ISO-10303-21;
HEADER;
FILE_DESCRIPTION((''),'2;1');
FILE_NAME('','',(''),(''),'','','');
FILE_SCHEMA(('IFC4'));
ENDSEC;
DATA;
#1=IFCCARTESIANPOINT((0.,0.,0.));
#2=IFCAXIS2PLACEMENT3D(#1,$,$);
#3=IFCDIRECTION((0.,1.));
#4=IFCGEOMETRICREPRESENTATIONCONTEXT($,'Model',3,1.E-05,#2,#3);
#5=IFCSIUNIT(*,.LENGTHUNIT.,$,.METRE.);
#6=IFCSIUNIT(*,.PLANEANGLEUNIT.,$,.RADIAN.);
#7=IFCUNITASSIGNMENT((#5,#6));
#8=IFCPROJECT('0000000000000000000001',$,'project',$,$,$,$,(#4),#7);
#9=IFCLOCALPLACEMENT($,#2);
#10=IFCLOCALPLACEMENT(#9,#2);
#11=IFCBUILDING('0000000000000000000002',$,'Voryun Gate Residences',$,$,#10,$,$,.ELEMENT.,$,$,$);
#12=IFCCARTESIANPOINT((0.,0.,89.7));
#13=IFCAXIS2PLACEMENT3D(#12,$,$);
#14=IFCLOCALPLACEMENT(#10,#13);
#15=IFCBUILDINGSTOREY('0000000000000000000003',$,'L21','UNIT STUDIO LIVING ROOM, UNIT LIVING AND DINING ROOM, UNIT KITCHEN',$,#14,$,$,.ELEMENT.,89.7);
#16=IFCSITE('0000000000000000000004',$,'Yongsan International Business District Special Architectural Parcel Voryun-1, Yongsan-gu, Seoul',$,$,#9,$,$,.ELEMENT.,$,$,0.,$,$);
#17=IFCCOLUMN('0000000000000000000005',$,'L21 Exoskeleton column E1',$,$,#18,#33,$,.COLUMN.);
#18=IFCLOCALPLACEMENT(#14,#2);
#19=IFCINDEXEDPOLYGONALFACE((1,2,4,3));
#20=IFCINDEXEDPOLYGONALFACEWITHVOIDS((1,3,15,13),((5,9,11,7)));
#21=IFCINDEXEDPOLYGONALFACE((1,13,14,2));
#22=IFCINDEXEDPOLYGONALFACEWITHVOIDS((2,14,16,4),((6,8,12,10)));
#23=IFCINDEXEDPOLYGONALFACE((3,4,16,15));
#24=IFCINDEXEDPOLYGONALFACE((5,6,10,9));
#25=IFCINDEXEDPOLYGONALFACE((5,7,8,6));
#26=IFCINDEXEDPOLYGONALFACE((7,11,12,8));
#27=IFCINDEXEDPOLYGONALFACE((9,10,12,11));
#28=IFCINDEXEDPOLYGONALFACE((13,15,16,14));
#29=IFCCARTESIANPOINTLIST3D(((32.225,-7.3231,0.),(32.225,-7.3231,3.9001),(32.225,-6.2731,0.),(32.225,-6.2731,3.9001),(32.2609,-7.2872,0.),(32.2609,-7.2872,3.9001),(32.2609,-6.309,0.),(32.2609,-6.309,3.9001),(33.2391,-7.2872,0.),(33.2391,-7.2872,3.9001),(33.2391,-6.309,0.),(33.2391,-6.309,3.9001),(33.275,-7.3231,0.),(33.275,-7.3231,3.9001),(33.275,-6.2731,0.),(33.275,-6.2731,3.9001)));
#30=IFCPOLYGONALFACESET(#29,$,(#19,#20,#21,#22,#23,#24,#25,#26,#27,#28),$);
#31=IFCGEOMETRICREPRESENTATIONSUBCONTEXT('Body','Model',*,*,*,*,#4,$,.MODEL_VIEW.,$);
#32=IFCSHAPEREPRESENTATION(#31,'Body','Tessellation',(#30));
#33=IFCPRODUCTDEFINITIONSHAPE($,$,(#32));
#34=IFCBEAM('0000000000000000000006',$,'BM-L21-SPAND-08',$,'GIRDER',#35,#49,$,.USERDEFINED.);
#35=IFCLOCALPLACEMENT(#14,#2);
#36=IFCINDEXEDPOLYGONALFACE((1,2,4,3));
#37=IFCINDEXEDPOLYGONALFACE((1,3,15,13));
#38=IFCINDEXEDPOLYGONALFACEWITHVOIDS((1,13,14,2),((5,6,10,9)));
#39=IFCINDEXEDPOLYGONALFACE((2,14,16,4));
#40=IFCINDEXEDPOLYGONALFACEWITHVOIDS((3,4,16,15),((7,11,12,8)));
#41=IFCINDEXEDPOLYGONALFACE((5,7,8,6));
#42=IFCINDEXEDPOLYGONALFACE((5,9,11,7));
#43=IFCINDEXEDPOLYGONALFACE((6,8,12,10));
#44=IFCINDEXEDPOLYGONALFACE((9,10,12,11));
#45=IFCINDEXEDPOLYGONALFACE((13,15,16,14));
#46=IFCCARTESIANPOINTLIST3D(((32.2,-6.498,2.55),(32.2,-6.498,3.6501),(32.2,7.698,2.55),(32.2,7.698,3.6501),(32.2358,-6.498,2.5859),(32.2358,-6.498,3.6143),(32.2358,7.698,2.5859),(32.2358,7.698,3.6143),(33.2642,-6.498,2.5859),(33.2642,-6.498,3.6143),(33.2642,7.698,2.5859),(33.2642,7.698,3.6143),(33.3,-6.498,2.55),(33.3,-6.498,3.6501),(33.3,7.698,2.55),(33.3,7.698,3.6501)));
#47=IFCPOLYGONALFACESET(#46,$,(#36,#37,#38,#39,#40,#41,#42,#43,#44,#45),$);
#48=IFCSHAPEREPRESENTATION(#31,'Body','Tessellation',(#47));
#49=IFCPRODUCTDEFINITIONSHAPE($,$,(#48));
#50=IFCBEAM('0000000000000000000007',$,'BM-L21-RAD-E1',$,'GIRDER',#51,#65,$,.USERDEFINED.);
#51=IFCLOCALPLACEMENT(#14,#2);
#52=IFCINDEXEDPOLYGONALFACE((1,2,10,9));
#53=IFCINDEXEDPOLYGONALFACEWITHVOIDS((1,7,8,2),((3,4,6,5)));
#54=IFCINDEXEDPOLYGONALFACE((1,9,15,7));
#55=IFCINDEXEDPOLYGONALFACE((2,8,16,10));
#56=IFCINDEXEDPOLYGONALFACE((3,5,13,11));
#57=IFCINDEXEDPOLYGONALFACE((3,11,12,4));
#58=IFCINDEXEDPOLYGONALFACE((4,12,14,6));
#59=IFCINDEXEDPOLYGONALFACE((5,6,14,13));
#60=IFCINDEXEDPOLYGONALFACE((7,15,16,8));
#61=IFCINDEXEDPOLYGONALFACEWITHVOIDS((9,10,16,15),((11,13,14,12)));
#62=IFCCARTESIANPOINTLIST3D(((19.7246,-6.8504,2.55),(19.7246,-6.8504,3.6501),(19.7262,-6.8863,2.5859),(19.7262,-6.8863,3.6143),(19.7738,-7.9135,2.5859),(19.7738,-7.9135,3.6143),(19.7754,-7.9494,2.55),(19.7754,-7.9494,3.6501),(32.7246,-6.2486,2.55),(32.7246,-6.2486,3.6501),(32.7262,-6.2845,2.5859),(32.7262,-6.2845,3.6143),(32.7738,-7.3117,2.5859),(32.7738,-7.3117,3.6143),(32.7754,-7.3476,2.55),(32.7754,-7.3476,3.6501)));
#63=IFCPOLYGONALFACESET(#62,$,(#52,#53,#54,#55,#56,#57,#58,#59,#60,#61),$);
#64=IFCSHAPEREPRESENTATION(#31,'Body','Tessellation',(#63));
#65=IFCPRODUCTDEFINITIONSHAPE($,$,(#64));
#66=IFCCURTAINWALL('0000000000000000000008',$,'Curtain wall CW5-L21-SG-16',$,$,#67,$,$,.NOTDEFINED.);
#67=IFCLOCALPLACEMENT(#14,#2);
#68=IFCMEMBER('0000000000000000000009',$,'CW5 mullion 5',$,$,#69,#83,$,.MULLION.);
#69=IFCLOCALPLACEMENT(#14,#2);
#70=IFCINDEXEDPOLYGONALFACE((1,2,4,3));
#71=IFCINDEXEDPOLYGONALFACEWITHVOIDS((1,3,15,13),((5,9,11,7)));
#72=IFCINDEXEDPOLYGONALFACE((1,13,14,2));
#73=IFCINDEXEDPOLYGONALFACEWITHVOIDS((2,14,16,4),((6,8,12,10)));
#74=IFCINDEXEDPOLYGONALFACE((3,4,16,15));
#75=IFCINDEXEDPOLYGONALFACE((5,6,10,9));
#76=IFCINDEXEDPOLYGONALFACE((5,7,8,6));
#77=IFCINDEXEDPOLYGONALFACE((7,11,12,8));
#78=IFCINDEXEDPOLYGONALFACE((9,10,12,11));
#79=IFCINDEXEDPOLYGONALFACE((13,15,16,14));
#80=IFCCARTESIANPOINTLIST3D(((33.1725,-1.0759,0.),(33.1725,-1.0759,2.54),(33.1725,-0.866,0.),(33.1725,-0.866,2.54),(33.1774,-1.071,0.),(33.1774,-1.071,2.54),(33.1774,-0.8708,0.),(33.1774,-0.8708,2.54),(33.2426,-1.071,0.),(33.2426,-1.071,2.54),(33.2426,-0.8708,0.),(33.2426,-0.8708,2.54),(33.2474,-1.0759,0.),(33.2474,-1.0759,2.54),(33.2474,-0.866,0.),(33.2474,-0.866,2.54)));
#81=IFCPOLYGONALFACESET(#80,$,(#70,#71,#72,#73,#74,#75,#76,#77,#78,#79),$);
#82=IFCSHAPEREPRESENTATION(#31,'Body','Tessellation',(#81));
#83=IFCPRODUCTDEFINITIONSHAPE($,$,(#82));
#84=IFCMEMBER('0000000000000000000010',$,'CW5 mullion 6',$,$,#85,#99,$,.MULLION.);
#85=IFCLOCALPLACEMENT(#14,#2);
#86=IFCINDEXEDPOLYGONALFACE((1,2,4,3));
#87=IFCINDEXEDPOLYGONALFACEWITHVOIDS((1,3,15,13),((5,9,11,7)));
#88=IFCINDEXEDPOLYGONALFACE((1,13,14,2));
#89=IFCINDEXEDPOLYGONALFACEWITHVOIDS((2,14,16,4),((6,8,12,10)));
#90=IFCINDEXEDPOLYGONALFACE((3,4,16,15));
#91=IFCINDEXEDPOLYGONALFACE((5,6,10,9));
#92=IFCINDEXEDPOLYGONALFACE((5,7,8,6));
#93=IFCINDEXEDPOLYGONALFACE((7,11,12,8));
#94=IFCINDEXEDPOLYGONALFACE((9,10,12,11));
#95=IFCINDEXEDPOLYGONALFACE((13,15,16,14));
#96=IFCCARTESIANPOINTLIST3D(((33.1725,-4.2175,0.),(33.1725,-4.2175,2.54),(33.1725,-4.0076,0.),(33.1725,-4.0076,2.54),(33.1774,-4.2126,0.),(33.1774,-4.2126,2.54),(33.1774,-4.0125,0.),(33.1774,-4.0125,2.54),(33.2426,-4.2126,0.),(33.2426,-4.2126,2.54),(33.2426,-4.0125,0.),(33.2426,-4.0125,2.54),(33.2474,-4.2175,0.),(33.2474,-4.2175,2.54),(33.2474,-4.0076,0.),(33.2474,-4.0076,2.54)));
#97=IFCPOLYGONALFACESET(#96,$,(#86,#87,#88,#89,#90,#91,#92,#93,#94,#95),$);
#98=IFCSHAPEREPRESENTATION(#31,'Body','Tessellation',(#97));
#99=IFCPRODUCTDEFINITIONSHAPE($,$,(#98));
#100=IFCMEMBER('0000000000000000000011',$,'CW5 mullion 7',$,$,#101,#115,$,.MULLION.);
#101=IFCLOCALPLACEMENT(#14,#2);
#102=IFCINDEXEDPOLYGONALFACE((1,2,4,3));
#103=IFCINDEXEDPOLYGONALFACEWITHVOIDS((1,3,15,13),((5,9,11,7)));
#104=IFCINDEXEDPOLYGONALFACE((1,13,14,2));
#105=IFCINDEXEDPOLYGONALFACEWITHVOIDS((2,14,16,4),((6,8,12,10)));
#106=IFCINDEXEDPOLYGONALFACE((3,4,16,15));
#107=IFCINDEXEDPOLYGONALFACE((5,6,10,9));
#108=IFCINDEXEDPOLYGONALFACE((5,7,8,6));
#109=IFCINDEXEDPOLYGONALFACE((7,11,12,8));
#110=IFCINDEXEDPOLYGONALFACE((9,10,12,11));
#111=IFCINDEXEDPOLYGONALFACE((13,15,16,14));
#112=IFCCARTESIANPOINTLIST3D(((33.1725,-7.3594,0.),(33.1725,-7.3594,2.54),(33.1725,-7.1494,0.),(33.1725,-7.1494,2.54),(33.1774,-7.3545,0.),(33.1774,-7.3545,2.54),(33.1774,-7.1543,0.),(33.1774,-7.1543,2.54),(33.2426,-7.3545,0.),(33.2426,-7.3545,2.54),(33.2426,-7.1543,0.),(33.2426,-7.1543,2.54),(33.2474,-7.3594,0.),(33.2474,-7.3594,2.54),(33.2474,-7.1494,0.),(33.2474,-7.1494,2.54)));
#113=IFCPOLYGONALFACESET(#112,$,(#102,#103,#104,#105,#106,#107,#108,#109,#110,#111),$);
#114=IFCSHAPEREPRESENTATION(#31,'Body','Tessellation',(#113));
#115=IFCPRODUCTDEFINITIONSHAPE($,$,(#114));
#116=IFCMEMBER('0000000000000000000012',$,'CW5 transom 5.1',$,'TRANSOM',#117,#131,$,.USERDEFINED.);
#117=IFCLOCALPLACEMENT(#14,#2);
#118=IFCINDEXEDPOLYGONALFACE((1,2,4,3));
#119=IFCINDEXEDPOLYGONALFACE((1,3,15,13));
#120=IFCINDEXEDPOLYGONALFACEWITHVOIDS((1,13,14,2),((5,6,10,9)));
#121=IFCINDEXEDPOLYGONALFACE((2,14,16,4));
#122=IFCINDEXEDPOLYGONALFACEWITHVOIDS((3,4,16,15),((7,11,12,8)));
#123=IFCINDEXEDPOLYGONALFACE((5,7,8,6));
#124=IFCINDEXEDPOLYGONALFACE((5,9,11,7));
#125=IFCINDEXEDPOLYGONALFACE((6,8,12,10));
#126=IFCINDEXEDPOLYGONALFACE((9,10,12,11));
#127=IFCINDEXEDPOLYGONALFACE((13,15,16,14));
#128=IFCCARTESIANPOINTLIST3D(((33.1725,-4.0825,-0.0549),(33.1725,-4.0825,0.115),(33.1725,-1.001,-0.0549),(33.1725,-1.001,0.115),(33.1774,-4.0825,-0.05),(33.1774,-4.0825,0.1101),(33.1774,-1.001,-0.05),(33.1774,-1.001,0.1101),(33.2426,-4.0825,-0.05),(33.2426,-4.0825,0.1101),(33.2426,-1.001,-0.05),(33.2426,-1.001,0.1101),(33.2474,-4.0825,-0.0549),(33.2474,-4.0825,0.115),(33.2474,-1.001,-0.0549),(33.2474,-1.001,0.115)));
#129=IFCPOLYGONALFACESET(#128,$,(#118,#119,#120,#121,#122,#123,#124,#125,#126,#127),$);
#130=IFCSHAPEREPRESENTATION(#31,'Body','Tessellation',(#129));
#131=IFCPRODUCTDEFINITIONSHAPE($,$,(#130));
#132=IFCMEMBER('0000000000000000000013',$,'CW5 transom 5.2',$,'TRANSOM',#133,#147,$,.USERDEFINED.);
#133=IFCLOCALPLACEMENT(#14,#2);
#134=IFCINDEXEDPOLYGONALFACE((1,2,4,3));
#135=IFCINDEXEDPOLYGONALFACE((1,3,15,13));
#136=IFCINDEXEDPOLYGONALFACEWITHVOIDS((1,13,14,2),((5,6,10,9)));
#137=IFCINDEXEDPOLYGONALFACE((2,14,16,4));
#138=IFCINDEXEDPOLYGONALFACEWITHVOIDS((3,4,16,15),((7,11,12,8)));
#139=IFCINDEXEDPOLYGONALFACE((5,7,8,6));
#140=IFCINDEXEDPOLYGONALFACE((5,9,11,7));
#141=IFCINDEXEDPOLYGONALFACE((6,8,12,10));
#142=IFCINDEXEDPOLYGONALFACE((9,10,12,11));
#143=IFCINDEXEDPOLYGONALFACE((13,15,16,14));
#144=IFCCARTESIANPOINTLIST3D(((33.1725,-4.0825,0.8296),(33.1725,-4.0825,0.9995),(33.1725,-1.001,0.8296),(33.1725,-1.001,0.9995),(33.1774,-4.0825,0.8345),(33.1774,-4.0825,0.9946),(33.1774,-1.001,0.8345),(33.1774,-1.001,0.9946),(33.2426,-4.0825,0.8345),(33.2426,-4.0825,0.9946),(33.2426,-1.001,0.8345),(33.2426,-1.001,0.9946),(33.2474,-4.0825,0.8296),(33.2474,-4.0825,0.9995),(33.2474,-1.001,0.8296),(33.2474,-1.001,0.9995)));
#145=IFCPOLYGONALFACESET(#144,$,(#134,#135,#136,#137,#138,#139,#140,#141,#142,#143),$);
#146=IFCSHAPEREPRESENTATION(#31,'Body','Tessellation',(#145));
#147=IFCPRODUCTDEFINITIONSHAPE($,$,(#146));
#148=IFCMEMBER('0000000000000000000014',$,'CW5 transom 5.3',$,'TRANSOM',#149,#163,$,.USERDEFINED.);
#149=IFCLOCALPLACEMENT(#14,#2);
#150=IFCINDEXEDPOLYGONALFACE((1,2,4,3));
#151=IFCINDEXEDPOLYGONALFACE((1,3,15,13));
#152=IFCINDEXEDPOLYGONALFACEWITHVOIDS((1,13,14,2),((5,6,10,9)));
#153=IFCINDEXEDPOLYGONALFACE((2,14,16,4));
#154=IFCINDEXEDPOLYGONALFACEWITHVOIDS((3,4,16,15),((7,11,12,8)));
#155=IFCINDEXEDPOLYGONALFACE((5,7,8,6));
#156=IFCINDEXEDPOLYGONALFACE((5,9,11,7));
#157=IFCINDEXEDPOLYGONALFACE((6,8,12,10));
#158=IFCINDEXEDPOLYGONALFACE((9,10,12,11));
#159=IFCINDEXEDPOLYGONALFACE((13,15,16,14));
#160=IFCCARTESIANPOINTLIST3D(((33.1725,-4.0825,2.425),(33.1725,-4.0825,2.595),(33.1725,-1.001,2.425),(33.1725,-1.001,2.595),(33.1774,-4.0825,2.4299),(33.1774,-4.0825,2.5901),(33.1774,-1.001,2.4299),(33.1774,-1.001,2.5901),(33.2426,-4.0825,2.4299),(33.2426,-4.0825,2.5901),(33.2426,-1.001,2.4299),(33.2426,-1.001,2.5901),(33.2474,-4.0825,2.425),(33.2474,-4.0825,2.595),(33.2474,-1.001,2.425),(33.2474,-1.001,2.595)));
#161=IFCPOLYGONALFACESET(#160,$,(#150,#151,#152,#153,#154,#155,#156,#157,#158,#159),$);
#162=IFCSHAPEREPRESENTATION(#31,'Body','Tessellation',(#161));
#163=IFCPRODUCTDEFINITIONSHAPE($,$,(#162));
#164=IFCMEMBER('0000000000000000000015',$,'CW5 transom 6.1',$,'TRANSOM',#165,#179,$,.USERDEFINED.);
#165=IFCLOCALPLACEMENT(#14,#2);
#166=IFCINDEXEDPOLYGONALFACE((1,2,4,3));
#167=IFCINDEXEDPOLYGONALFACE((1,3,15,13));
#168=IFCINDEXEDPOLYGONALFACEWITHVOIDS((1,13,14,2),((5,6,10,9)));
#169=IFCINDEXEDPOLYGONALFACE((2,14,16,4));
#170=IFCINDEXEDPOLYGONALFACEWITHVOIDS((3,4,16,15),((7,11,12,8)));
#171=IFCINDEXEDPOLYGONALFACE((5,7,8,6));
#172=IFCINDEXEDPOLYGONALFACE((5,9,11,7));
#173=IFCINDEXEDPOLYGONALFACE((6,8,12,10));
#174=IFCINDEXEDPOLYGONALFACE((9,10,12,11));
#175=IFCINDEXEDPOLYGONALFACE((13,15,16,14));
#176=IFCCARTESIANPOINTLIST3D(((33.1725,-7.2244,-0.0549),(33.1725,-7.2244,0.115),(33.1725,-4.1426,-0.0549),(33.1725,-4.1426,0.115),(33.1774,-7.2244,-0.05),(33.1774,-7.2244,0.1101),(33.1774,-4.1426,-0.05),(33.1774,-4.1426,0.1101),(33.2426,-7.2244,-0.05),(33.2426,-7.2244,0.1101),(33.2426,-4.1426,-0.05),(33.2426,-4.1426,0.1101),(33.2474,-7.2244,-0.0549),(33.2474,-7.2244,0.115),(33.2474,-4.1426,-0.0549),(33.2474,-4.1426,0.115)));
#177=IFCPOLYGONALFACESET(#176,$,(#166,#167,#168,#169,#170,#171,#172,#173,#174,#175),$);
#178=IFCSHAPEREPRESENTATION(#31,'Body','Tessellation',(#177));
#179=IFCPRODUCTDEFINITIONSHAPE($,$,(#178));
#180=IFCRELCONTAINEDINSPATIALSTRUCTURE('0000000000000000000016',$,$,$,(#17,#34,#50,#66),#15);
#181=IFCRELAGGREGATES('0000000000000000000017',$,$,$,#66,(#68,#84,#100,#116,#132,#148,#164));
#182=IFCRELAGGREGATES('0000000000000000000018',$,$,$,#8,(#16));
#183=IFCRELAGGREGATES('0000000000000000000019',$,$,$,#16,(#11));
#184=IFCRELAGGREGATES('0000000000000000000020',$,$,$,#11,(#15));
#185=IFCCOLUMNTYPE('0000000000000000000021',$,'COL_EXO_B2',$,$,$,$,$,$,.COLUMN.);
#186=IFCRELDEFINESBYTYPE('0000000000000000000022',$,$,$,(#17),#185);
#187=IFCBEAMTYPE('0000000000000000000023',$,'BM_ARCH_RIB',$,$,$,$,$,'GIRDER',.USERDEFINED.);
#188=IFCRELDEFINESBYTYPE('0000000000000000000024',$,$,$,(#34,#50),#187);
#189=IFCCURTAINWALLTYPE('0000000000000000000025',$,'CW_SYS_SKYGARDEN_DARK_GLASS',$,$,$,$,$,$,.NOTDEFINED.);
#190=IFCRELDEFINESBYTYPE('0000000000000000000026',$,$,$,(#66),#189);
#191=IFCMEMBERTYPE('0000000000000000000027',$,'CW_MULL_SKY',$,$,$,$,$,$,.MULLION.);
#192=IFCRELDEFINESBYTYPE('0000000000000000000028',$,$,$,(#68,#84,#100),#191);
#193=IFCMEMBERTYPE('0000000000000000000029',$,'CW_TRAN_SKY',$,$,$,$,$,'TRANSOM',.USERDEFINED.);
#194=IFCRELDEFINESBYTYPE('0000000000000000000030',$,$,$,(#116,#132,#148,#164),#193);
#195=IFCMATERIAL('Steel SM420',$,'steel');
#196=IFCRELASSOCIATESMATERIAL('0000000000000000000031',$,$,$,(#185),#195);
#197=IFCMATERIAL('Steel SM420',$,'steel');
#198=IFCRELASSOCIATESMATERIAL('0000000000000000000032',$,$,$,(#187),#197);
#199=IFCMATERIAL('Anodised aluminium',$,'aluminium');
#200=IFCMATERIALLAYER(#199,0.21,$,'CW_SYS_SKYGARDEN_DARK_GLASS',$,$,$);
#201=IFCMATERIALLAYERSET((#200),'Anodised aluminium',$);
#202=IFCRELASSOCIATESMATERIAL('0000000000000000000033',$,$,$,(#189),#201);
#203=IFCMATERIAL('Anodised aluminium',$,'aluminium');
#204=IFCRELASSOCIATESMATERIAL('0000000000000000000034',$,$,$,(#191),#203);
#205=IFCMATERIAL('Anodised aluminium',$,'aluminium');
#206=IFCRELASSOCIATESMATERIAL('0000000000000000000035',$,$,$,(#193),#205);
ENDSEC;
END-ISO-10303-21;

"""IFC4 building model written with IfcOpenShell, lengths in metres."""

from ifc_helpers import new_model, si_unit, direction, frame, origin, origin_2d, place, context, subcontext, project, spatial, hollow_rectangle, extrude, material, layer, layer_set, material_profile, profile_set, type_object, element, aggregate, save


model = new_model("IFC4")

# Units and contexts
model_context = context("Model", 3, precision=1e-05, world=origin(), true_north=direction((0.0, 1.0)))
body_context = subcontext(model_context, "Body", "Model", "MODEL_VIEW")
ifc_project = project(units=[si_unit("LENGTHUNIT", "METRE"), si_unit("PLANEANGLEUNIT", "RADIAN")], contexts=[model_context])

# Site, building, storey
site_placement = place(None, origin())
site = spatial("IfcSite", under=ifc_project, at=site_placement, Name="Yongsan International Business District Special Architectural Parcel Voryun-1, Yongsan-gu, Seoul", CompositionType="ELEMENT", RefElevation=0.0)
building_placement = place(site_placement, origin())
building = spatial("IfcBuilding", under=site, at=building_placement, Name="Voryun Gate Residences", CompositionType="ELEMENT")
storey_placement = place(building_placement, frame((0.0, 0.0, 89.7)))
storey = spatial("IfcBuildingStorey", under=building, at=storey_placement, Name="L21", Description="UNIT STUDIO LIVING ROOM, UNIT LIVING AND DINING ROOM, UNIT KITCHEN", CompositionType="ELEMENT", Elevation=89.7)

# Column
ifc_material_1 = material(Name="Steel SM420", Category="steel")
ifc_material_profile_1 = material_profile(ifc_material_1, hollow_rectangle(XDim=1.05, YDim=1.05, WallThickness=0.0359, at=origin_2d()), Name="BOX-1050x1050x36")
ifc_profile_set_1 = profile_set([ifc_material_profile_1], Name="Steel SM420")
column_type = type_object("IfcColumnType", Name="COL_EXO_B2", PredefinedType="COLUMN", material=ifc_profile_set_1)
column_placement = place(storey_placement, frame((32.75, -6.7981, 0.0), z_axis=(0.0, 0.0, 1.0), x_axis=(1.0, 0.0, 0.0)))
element("IfcColumn", 1, at=column_placement, inside=storey, type_object=column_type, Name="L21 Exoskeleton column E1", PredefinedType="COLUMN", context=body_context, shape_type="SweptSolid", body=[
    extrude(hollow_rectangle(XDim=1.05, YDim=1.05, WallThickness=0.0359, at=origin_2d()), origin(), (0.0, 0.0, 1.0), 3.9001),
])

# Beams
ifc_material_2 = material(Name="Steel SM420", Category="steel")
ifc_material_profile_2 = material_profile(ifc_material_2, hollow_rectangle(XDim=1.1001, YDim=1.1001, WallThickness=0.0359, at=origin_2d()), Name="BOX-1100x1100x36")
ifc_profile_set_2 = profile_set([ifc_material_profile_2], Name="Steel SM420")
beam_type = type_object("IfcBeamType", Name="BM_ARCH_RIB", ElementType="GIRDER", PredefinedType="USERDEFINED", material=ifc_profile_set_2)
beam_1_placement = place(storey_placement, frame((32.75, -6.498, 3.1001), z_axis=(0.0, 1.0, 0.0), x_axis=(-1.0, 0.0, 0.0)))
element("IfcBeam", 2, at=beam_1_placement, inside=storey, type_object=beam_type, Name="BM-L21-SPAND-08", ObjectType="GIRDER", PredefinedType="USERDEFINED", context=body_context, shape_type="SweptSolid", body=[
    extrude(hollow_rectangle(XDim=1.1001, YDim=1.1001, WallThickness=0.0359, at=origin_2d()), origin(), (0.0, 0.0, 1.0), 14.196),
])
beam_2_placement = place(storey_placement, frame((19.75, -7.3999, 3.1001), z_axis=(0.99893, 0.046243, 0.0), x_axis=(-0.046243, 0.99893, 0.0)))
element("IfcBeam", 3, at=beam_2_placement, inside=storey, type_object=beam_type, Name="BM-L21-RAD-E1", ObjectType="GIRDER", PredefinedType="USERDEFINED", context=body_context, shape_type="SweptSolid", body=[
    extrude(hollow_rectangle(XDim=1.1001, YDim=1.1001, WallThickness=0.0359, at=origin_2d()), origin(), (0.0, 0.0, 1.0), 13.0139),
])

# Curtain wall, members
ifc_material_3 = material(Name="Anodised aluminium", Category="aluminium")
ifc_layer_1 = layer(ifc_material_3, 0.21, Name="CW_SYS_SKYGARDEN_DARK_GLASS")
ifc_layer_set_1 = layer_set([ifc_layer_1], Name="Anodised aluminium")
curtain_wall_type = type_object("IfcCurtainWallType", Name="CW_SYS_SKYGARDEN_DARK_GLASS", PredefinedType="NOTDEFINED", material=ifc_layer_set_1)
curtain_wall_placement = place(storey_placement, origin())
curtain_wall = element("IfcCurtainWall", 4, at=curtain_wall_placement, inside=storey, type_object=curtain_wall_type, Name="Curtain wall CW5-L21-SG-16", PredefinedType="NOTDEFINED")
ifc_material_4 = material(Name="Anodised aluminium", Category="aluminium")
ifc_material_profile_3 = material_profile(ifc_material_4, hollow_rectangle(XDim=0.075, YDim=0.21, WallThickness=0.0049, at=origin_2d()), Name="ALU-MULL-210x75x5")
ifc_profile_set_3 = profile_set([ifc_material_profile_3], Name="Anodised aluminium")
member_type_1 = type_object("IfcMemberType", Name="CW_MULL_SKY", PredefinedType="MULLION", material=ifc_profile_set_3)
member_1_placement = place(storey_placement, frame((33.21, -0.9709, 0.0), z_axis=(0.0, 0.0, 1.0), x_axis=(1.0, 0.0, 0.0)))
member_1 = element("IfcMember", 5, at=member_1_placement, type_object=member_type_1, Name="CW5 mullion 5", PredefinedType="MULLION", context=body_context, shape_type="SweptSolid", body=[
    extrude(hollow_rectangle(XDim=0.075, YDim=0.21, WallThickness=0.0049, at=origin_2d()), origin(), (0.0, 0.0, 1.0), 2.54),
])
member_2_placement = place(storey_placement, frame((33.21, -4.1125, 0.0), z_axis=(0.0, 0.0, 1.0), x_axis=(1.0, 0.0, 0.0)))
member_2 = element("IfcMember", 6, at=member_2_placement, type_object=member_type_1, Name="CW5 mullion 6", PredefinedType="MULLION", context=body_context, shape_type="SweptSolid", body=[
    extrude(hollow_rectangle(XDim=0.075, YDim=0.21, WallThickness=0.0049, at=origin_2d()), origin(), (0.0, 0.0, 1.0), 2.54),
])
member_3_placement = place(storey_placement, frame((33.21, -7.2544, 0.0), z_axis=(0.0, 0.0, 1.0), x_axis=(1.0, 0.0, 0.0)))
member_3 = element("IfcMember", 7, at=member_3_placement, type_object=member_type_1, Name="CW5 mullion 7", PredefinedType="MULLION", context=body_context, shape_type="SweptSolid", body=[
    extrude(hollow_rectangle(XDim=0.075, YDim=0.21, WallThickness=0.0049, at=origin_2d()), origin(), (0.0, 0.0, 1.0), 2.54),
])
ifc_material_5 = material(Name="Anodised aluminium", Category="aluminium")
ifc_material_profile_4 = material_profile(ifc_material_5, hollow_rectangle(XDim=0.075, YDim=0.1699, WallThickness=0.0049, at=origin_2d()), Name="ALU-TRAN-170x75x5")
ifc_profile_set_4 = profile_set([ifc_material_profile_4], Name="Anodised aluminium")
member_type_2 = type_object("IfcMemberType", Name="CW_TRAN_SKY", ElementType="TRANSOM", PredefinedType="USERDEFINED", material=ifc_profile_set_4)
member_4_placement = place(storey_placement, frame((33.21, -1.001, 0.03), z_axis=(0.0, -1.0, 0.0), x_axis=(1.0, 0.0, 0.0)))
member_4 = element("IfcMember", 8, at=member_4_placement, type_object=member_type_2, Name="CW5 transom 5.1", ObjectType="TRANSOM", PredefinedType="USERDEFINED", context=body_context, shape_type="SweptSolid", body=[
    extrude(hollow_rectangle(XDim=0.075, YDim=0.1699, WallThickness=0.0049, at=origin_2d()), origin(), (0.0, 0.0, 1.0), 3.0815),
])
member_5_placement = place(storey_placement, frame((33.21, -1.001, 0.9146), z_axis=(0.0, -1.0, 0.0), x_axis=(1.0, 0.0, 0.0)))
member_5 = element("IfcMember", 9, at=member_5_placement, type_object=member_type_2, Name="CW5 transom 5.2", ObjectType="TRANSOM", PredefinedType="USERDEFINED", context=body_context, shape_type="SweptSolid", body=[
    extrude(hollow_rectangle(XDim=0.075, YDim=0.1699, WallThickness=0.0049, at=origin_2d()), origin(), (0.0, 0.0, 1.0), 3.0815),
])
member_6_placement = place(storey_placement, frame((33.21, -1.001, 2.51), z_axis=(0.0, -1.0, 0.0), x_axis=(1.0, 0.0, 0.0)))
member_6 = element("IfcMember", 10, at=member_6_placement, type_object=member_type_2, Name="CW5 transom 5.3", ObjectType="TRANSOM", PredefinedType="USERDEFINED", context=body_context, shape_type="SweptSolid", body=[
    extrude(hollow_rectangle(XDim=0.075, YDim=0.1699, WallThickness=0.0049, at=origin_2d()), origin(), (0.0, 0.0, 1.0), 3.0815),
])
member_7_placement = place(storey_placement, frame((33.21, -4.1426, 0.03), z_axis=(0.0, -1.0, 0.0), x_axis=(1.0, 0.0, 0.0)))
member_7 = element("IfcMember", 11, at=member_7_placement, type_object=member_type_2, Name="CW5 transom 6.1", ObjectType="TRANSOM", PredefinedType="USERDEFINED", context=body_context, shape_type="SweptSolid", body=[
    extrude(hollow_rectangle(XDim=0.075, YDim=0.1699, WallThickness=0.0049, at=origin_2d()), origin(), (0.0, 0.0, 1.0), 3.0818),
])

aggregate(curtain_wall, [member_1, member_2, member_3, member_4, member_5, member_6, member_7])

save(model, "model.ifc")
